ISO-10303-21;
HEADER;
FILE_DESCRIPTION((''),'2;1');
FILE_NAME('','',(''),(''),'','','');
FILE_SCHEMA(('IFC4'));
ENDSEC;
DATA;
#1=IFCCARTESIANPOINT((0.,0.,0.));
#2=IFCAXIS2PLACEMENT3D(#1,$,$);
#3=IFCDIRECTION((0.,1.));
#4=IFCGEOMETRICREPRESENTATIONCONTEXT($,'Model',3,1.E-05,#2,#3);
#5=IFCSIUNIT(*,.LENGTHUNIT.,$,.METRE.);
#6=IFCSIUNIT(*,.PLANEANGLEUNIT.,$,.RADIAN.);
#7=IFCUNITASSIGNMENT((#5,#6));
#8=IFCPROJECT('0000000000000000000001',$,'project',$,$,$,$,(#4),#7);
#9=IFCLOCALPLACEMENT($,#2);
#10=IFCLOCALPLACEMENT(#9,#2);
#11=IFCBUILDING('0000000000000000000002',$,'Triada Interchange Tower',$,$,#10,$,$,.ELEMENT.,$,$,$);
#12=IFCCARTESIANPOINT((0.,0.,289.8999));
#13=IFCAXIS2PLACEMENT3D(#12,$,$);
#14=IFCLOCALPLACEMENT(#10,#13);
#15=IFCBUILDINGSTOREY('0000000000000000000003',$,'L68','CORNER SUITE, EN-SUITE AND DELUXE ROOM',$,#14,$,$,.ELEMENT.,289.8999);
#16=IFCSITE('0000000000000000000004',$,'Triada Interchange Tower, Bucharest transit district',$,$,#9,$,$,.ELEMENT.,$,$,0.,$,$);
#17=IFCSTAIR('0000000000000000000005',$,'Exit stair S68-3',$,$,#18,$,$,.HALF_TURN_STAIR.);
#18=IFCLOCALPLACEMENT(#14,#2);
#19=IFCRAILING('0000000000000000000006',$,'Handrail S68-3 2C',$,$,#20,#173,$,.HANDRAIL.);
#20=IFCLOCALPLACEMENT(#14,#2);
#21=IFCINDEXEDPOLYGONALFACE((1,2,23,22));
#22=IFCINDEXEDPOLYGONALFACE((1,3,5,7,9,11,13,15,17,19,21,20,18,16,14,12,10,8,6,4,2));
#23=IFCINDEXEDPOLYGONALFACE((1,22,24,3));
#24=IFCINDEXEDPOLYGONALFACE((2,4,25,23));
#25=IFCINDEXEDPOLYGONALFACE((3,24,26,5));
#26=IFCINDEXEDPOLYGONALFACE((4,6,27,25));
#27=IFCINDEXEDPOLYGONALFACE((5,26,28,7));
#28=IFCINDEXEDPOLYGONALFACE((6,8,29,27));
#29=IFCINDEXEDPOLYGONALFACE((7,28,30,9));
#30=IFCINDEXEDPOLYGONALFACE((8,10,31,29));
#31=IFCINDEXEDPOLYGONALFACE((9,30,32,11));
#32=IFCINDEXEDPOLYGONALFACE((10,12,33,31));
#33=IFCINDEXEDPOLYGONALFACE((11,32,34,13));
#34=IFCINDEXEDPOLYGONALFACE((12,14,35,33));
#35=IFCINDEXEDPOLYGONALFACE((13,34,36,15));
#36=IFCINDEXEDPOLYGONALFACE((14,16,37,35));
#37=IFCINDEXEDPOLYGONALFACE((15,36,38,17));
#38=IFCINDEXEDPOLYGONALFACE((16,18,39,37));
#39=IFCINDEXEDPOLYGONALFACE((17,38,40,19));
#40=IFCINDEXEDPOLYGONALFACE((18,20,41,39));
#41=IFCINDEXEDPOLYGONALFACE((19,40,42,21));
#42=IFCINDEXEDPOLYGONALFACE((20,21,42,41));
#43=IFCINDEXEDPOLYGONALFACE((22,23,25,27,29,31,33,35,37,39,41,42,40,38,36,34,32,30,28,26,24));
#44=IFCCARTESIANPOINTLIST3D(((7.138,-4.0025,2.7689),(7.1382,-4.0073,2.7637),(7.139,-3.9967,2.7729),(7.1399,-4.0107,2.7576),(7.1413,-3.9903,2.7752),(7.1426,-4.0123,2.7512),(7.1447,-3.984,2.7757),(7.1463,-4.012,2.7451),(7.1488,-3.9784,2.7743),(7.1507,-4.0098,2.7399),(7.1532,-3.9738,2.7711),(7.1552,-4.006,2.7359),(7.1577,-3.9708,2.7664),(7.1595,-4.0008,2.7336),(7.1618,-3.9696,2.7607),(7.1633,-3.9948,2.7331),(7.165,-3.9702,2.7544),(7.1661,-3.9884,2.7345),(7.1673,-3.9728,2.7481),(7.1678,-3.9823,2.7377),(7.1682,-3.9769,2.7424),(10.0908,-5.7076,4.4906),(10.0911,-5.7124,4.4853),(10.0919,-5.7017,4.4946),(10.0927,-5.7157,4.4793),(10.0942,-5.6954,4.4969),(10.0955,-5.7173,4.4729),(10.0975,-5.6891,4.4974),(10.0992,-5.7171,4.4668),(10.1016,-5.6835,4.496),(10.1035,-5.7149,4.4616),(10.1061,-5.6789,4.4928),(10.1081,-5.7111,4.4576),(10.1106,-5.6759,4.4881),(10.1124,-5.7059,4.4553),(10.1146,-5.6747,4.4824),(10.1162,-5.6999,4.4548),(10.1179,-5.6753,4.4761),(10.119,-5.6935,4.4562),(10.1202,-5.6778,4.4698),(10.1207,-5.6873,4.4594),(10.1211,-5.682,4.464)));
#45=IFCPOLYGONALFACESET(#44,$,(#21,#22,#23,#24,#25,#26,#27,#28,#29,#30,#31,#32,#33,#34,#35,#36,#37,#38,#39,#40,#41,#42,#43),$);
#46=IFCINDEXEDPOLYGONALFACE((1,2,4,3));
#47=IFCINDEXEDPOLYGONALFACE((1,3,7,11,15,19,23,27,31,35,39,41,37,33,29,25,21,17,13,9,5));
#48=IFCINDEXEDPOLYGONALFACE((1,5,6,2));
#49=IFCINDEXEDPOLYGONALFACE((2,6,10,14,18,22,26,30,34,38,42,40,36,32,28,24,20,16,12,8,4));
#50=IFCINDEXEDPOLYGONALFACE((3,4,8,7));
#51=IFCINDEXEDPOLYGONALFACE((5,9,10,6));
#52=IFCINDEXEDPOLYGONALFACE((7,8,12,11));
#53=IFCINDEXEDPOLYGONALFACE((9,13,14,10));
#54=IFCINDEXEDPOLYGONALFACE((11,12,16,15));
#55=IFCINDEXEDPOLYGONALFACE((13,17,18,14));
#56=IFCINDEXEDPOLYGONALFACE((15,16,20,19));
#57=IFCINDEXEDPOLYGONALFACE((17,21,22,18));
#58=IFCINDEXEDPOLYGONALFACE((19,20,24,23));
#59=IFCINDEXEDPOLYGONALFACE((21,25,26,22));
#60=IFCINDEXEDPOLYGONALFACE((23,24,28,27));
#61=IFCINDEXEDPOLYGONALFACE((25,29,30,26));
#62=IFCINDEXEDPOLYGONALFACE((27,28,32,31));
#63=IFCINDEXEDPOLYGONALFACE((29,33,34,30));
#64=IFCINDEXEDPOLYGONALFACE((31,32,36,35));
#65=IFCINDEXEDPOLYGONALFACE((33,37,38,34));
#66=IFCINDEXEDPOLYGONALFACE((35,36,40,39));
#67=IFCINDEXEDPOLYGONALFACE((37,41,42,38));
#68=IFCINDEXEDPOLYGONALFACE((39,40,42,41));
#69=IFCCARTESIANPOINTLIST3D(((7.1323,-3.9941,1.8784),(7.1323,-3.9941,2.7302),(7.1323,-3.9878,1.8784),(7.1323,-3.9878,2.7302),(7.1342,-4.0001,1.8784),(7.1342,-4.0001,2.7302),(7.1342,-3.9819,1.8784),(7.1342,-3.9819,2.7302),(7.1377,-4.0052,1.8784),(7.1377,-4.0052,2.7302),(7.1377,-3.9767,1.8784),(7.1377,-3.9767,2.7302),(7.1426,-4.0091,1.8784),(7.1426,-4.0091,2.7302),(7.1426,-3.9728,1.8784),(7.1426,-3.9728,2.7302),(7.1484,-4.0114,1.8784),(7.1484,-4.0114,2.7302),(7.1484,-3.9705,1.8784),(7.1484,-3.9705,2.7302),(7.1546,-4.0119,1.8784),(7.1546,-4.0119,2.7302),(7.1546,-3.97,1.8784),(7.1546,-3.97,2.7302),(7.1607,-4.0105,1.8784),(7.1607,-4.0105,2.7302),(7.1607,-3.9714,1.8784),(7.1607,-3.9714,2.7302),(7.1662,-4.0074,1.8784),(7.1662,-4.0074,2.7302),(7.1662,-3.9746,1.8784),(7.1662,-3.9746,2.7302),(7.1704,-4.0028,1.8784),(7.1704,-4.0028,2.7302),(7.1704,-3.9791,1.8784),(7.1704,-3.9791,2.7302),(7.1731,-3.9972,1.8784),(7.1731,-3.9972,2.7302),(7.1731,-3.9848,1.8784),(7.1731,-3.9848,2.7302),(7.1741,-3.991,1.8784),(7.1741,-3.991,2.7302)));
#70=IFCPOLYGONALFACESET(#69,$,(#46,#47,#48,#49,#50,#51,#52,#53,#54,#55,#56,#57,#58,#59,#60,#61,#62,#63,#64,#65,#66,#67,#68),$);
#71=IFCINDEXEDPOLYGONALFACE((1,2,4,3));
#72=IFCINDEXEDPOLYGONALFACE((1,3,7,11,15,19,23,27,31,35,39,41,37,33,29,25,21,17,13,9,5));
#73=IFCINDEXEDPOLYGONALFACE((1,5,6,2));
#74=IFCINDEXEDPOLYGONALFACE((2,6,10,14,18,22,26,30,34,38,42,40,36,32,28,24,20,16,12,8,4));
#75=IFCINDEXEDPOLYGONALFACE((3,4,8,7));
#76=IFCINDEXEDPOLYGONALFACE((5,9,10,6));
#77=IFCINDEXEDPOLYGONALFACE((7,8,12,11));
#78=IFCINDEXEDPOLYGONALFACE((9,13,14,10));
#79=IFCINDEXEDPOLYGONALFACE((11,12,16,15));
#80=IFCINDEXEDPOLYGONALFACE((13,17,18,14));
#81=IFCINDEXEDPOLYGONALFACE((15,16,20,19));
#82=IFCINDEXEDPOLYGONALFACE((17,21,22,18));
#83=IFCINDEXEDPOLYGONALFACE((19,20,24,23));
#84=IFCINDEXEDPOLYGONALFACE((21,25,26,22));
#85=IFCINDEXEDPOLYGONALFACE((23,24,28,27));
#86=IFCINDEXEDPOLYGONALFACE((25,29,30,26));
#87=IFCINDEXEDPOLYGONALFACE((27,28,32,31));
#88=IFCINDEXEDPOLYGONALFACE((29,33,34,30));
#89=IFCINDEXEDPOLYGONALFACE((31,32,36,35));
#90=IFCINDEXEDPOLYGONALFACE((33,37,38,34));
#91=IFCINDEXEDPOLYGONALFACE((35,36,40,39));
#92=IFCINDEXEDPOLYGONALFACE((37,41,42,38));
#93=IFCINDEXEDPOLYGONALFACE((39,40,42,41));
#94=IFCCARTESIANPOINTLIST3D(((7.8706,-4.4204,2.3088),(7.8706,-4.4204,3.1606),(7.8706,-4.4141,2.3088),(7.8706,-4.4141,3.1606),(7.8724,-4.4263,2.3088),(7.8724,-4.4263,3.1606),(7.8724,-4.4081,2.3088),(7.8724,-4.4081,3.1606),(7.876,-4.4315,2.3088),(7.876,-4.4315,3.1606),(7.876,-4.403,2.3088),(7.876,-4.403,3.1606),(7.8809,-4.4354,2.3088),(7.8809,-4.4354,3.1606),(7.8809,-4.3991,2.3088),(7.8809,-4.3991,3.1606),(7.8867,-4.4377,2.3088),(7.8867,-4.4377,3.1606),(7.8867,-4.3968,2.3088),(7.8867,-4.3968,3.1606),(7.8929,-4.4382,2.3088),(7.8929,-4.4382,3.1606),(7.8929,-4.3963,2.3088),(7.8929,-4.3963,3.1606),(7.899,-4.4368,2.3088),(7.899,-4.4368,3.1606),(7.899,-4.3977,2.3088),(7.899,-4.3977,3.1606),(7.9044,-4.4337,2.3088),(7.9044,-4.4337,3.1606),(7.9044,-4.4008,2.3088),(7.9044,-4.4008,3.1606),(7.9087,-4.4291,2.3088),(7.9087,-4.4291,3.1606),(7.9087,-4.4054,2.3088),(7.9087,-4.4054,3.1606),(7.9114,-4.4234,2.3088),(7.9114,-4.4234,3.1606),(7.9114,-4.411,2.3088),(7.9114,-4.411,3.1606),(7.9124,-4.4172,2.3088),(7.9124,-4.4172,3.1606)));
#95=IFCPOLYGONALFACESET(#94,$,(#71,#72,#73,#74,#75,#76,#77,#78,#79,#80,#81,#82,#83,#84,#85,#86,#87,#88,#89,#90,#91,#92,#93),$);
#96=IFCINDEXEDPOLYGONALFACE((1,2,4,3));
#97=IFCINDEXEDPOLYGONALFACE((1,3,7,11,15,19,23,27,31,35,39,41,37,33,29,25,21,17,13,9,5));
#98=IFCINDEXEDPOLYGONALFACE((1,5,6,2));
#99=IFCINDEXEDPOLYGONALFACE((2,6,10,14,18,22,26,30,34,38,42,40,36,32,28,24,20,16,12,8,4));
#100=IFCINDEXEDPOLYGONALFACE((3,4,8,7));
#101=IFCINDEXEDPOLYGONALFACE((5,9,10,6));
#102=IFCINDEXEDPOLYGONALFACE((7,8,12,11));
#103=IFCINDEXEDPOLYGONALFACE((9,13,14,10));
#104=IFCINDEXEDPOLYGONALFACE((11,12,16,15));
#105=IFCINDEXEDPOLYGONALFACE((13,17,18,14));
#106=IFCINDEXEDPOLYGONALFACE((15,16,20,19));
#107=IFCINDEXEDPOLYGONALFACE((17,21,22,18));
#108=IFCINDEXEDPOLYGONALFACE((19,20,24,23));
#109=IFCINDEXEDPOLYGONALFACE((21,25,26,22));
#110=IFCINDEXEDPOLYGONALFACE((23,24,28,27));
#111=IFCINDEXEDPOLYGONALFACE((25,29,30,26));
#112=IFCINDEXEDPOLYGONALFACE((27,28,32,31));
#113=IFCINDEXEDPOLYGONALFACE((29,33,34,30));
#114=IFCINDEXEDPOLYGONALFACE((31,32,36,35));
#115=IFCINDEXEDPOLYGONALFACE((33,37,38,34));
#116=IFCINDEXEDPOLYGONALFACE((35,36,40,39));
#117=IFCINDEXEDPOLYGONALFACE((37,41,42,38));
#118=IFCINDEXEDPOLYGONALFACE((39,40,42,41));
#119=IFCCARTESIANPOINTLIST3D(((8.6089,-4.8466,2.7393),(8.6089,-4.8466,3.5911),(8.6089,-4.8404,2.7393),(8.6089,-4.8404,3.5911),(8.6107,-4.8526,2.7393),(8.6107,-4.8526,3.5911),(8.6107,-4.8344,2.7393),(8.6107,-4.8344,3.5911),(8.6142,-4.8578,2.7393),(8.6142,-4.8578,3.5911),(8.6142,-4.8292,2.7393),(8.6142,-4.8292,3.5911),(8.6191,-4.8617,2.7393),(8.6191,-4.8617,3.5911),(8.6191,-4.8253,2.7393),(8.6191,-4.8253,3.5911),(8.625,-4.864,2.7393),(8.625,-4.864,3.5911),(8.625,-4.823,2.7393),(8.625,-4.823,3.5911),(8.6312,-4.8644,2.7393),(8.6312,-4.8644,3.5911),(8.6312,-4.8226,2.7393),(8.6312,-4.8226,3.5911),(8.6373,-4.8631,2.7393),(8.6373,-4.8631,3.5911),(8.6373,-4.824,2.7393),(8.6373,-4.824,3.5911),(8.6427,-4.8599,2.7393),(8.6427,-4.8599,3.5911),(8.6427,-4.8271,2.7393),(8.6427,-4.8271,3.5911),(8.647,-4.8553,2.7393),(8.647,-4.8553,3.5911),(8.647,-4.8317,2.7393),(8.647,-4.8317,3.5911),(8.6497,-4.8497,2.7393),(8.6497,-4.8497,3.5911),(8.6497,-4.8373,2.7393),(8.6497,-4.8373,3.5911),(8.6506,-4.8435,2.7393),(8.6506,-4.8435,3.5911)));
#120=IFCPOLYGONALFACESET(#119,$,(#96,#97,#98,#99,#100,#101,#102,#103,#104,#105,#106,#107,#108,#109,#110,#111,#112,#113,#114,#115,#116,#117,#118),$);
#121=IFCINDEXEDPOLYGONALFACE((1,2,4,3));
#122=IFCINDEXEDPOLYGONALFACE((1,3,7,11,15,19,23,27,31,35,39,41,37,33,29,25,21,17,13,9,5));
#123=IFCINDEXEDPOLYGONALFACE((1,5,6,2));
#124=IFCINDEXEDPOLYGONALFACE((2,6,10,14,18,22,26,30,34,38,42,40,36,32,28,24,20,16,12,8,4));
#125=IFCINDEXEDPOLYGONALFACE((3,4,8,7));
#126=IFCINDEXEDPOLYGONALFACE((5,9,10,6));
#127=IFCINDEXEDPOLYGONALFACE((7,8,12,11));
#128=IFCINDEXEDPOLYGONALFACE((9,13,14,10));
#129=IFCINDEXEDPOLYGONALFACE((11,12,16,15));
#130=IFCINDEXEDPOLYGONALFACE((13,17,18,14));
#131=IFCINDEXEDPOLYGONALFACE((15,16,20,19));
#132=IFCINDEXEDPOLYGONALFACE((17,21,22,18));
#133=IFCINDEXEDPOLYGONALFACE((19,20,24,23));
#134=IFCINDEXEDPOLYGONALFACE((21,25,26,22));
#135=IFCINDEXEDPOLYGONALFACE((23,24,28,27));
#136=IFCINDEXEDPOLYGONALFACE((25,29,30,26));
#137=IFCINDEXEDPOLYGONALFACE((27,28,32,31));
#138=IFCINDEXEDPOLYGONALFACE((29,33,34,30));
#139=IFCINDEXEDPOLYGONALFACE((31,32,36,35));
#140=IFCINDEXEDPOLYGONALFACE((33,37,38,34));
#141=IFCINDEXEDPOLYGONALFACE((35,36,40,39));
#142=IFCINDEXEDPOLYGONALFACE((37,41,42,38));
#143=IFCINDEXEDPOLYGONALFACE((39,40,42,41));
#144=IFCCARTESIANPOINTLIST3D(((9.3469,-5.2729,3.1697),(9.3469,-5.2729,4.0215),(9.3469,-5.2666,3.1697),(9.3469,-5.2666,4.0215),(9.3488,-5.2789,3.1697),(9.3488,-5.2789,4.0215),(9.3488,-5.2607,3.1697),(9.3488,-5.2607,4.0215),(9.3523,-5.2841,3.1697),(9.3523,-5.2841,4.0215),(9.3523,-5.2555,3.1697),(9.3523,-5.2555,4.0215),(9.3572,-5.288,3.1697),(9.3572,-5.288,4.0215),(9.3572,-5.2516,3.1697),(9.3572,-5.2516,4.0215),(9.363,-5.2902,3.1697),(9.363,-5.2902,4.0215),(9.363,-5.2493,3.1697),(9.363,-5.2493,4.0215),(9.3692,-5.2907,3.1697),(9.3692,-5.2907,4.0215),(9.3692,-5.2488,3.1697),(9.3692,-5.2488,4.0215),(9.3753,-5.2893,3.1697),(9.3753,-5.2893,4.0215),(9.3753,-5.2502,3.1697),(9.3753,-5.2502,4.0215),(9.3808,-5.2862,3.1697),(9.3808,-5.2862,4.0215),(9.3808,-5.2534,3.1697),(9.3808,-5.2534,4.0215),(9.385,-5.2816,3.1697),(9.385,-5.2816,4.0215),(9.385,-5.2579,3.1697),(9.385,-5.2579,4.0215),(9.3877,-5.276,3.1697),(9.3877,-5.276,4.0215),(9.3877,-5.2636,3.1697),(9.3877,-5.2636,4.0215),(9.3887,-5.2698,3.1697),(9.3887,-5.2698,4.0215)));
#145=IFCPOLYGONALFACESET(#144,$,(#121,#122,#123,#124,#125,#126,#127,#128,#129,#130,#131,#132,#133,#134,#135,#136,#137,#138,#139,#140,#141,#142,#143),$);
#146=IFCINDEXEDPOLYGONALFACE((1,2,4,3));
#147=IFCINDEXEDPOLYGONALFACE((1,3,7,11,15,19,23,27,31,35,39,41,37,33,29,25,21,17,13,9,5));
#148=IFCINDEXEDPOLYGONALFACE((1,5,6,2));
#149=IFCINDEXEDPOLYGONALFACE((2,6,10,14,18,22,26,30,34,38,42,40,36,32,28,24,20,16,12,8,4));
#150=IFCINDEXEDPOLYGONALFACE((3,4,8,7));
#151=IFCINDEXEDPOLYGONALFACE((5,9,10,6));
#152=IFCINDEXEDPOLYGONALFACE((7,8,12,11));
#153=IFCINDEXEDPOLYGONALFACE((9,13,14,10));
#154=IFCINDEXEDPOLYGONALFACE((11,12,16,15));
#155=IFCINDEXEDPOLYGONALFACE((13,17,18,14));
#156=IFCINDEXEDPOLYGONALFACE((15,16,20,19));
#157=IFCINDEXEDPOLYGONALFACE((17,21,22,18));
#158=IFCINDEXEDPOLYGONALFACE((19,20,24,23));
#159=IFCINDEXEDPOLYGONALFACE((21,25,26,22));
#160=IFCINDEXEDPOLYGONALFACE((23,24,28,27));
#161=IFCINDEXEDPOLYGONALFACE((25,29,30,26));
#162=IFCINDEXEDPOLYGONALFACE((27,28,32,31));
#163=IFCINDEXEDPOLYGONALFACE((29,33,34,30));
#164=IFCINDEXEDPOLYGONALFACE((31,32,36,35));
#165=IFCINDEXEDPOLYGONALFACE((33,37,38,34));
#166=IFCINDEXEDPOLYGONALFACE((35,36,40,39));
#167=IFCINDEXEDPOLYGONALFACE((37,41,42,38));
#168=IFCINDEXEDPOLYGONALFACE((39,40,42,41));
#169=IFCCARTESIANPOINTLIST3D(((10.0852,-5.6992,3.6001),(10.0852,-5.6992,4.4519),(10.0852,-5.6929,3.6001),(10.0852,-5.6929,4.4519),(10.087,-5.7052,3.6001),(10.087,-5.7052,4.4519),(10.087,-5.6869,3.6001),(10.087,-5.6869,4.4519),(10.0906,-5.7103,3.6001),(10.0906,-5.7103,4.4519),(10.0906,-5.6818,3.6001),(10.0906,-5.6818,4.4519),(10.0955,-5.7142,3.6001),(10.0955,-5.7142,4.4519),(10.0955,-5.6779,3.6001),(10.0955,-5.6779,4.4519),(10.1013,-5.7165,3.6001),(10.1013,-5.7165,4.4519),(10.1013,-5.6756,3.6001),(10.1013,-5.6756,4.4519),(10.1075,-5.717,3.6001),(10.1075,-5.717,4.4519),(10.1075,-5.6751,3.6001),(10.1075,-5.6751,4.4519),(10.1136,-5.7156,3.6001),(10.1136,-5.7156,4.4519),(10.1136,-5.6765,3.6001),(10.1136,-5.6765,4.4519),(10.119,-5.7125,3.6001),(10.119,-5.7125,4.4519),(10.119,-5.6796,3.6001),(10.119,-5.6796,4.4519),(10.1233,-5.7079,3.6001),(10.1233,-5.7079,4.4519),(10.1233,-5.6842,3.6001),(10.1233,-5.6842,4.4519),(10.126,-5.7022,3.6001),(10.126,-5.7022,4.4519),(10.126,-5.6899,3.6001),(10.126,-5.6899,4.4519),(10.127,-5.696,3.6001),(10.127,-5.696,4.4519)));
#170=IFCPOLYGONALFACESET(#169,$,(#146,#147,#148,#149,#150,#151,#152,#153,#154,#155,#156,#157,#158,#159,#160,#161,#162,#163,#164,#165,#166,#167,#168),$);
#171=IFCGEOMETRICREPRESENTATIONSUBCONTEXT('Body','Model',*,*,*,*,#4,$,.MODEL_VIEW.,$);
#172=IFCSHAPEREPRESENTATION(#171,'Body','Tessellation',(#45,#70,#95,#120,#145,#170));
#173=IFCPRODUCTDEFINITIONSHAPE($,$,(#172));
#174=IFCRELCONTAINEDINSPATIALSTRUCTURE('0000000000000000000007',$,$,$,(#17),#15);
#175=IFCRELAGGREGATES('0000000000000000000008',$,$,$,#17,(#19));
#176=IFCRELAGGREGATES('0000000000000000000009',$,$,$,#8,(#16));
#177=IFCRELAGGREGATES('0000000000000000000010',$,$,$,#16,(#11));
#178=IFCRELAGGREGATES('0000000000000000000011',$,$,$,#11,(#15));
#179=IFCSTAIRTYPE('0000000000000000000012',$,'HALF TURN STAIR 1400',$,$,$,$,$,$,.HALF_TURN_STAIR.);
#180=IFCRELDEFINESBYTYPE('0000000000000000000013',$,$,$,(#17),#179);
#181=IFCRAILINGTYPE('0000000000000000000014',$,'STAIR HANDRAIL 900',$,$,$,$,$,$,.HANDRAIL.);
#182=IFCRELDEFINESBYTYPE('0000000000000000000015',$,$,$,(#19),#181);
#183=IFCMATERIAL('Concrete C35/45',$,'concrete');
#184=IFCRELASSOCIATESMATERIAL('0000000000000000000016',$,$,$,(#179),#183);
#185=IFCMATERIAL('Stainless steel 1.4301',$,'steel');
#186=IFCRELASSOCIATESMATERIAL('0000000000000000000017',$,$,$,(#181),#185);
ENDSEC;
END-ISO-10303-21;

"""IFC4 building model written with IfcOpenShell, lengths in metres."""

from ifc_helpers import new_model, si_unit, direction, frame, origin, origin_2d, place, context, subcontext, project, spatial, circle, extrude, material, type_object, element, aggregate, save


model = new_model("IFC4")

# Units and contexts
model_context = context("Model", 3, precision=1e-05, world=origin(), true_north=direction((0.0, 1.0)))
body_context = subcontext(model_context, "Body", "Model", "MODEL_VIEW")
ifc_project = project(units=[si_unit("LENGTHUNIT", "METRE"), si_unit("PLANEANGLEUNIT", "RADIAN")], contexts=[model_context])

# Site, building, storey
site_placement = place(None, origin())
site = spatial("IfcSite", under=ifc_project, at=site_placement, Name="Triada Interchange Tower, Bucharest transit district", CompositionType="ELEMENT", RefElevation=0.0)
building_placement = place(site_placement, origin())
building = spatial("IfcBuilding", under=site, at=building_placement, Name="Triada Interchange Tower", CompositionType="ELEMENT")
storey_placement = place(building_placement, frame((0.0, 0.0, 289.8999)))
storey = spatial("IfcBuildingStorey", under=building, at=storey_placement, Name="L68", Description="CORNER SUITE, EN-SUITE AND DELUXE ROOM", CompositionType="ELEMENT", Elevation=289.8999)

# Stair, railing
ifc_material_1 = material(Name="Concrete C35/45", Category="concrete")
stair_type = type_object("IfcStairType", Name="HALF TURN STAIR 1400", PredefinedType="HALF_TURN_STAIR", material=ifc_material_1)
stair_placement = place(storey_placement, origin())
stair = element("IfcStair", 1, at=stair_placement, inside=storey, type_object=stair_type, Name="Exit stair S68-3", PredefinedType="HALF_TURN_STAIR")
ifc_material_2 = material(Name="Stainless steel 1.4301", Category="steel")
railing_type = type_object("IfcRailingType", Name="STAIR HANDRAIL 900", PredefinedType="HANDRAIL", material=ifc_material_2)
railing_1_placement = place(storey_placement, frame((7.1531, -3.991, 1.8784)))
railing_1 = element("IfcRailing", 2, at=railing_1_placement, type_object=railing_type, Name="Handrail S68-3 2C", PredefinedType="HANDRAIL", context=body_context, shape_type="SweptSolid", body=[
    extrude(circle(Radius=0.0239, at=origin_2d()), frame((0.0, 0.0, 0.876), z_axis=(0.773043, -0.446377, 0.450723), x_axis=(0.500051, 0.865996, 0.0)), (0.0, 0.0, 1.0), 3.8198),
    extrude(circle(Radius=0.021, at=origin_2d()), origin(), (0.0, 0.0, 1.0), 0.8518),
    extrude(circle(Radius=0.021, at=origin_2d()), frame((0.7383, -0.4263, 0.4304)), (0.0, 0.0, 1.0), 0.8518),
    extrude(circle(Radius=0.021, at=origin_2d()), frame((1.4766, -0.8525, 0.8608)), (0.0, 0.0, 1.0), 0.8518),
    extrude(circle(Radius=0.021, at=origin_2d()), frame((2.2146, -1.2788, 1.2913)), (0.0, 0.0, 1.0), 0.8518),
    extrude(circle(Radius=0.021, at=origin_2d()), frame((2.9529, -1.7051, 1.7217)), (0.0, 0.0, 1.0), 0.8518),
])
aggregate(stair, [railing_1])

save(model, "model.ifc")
